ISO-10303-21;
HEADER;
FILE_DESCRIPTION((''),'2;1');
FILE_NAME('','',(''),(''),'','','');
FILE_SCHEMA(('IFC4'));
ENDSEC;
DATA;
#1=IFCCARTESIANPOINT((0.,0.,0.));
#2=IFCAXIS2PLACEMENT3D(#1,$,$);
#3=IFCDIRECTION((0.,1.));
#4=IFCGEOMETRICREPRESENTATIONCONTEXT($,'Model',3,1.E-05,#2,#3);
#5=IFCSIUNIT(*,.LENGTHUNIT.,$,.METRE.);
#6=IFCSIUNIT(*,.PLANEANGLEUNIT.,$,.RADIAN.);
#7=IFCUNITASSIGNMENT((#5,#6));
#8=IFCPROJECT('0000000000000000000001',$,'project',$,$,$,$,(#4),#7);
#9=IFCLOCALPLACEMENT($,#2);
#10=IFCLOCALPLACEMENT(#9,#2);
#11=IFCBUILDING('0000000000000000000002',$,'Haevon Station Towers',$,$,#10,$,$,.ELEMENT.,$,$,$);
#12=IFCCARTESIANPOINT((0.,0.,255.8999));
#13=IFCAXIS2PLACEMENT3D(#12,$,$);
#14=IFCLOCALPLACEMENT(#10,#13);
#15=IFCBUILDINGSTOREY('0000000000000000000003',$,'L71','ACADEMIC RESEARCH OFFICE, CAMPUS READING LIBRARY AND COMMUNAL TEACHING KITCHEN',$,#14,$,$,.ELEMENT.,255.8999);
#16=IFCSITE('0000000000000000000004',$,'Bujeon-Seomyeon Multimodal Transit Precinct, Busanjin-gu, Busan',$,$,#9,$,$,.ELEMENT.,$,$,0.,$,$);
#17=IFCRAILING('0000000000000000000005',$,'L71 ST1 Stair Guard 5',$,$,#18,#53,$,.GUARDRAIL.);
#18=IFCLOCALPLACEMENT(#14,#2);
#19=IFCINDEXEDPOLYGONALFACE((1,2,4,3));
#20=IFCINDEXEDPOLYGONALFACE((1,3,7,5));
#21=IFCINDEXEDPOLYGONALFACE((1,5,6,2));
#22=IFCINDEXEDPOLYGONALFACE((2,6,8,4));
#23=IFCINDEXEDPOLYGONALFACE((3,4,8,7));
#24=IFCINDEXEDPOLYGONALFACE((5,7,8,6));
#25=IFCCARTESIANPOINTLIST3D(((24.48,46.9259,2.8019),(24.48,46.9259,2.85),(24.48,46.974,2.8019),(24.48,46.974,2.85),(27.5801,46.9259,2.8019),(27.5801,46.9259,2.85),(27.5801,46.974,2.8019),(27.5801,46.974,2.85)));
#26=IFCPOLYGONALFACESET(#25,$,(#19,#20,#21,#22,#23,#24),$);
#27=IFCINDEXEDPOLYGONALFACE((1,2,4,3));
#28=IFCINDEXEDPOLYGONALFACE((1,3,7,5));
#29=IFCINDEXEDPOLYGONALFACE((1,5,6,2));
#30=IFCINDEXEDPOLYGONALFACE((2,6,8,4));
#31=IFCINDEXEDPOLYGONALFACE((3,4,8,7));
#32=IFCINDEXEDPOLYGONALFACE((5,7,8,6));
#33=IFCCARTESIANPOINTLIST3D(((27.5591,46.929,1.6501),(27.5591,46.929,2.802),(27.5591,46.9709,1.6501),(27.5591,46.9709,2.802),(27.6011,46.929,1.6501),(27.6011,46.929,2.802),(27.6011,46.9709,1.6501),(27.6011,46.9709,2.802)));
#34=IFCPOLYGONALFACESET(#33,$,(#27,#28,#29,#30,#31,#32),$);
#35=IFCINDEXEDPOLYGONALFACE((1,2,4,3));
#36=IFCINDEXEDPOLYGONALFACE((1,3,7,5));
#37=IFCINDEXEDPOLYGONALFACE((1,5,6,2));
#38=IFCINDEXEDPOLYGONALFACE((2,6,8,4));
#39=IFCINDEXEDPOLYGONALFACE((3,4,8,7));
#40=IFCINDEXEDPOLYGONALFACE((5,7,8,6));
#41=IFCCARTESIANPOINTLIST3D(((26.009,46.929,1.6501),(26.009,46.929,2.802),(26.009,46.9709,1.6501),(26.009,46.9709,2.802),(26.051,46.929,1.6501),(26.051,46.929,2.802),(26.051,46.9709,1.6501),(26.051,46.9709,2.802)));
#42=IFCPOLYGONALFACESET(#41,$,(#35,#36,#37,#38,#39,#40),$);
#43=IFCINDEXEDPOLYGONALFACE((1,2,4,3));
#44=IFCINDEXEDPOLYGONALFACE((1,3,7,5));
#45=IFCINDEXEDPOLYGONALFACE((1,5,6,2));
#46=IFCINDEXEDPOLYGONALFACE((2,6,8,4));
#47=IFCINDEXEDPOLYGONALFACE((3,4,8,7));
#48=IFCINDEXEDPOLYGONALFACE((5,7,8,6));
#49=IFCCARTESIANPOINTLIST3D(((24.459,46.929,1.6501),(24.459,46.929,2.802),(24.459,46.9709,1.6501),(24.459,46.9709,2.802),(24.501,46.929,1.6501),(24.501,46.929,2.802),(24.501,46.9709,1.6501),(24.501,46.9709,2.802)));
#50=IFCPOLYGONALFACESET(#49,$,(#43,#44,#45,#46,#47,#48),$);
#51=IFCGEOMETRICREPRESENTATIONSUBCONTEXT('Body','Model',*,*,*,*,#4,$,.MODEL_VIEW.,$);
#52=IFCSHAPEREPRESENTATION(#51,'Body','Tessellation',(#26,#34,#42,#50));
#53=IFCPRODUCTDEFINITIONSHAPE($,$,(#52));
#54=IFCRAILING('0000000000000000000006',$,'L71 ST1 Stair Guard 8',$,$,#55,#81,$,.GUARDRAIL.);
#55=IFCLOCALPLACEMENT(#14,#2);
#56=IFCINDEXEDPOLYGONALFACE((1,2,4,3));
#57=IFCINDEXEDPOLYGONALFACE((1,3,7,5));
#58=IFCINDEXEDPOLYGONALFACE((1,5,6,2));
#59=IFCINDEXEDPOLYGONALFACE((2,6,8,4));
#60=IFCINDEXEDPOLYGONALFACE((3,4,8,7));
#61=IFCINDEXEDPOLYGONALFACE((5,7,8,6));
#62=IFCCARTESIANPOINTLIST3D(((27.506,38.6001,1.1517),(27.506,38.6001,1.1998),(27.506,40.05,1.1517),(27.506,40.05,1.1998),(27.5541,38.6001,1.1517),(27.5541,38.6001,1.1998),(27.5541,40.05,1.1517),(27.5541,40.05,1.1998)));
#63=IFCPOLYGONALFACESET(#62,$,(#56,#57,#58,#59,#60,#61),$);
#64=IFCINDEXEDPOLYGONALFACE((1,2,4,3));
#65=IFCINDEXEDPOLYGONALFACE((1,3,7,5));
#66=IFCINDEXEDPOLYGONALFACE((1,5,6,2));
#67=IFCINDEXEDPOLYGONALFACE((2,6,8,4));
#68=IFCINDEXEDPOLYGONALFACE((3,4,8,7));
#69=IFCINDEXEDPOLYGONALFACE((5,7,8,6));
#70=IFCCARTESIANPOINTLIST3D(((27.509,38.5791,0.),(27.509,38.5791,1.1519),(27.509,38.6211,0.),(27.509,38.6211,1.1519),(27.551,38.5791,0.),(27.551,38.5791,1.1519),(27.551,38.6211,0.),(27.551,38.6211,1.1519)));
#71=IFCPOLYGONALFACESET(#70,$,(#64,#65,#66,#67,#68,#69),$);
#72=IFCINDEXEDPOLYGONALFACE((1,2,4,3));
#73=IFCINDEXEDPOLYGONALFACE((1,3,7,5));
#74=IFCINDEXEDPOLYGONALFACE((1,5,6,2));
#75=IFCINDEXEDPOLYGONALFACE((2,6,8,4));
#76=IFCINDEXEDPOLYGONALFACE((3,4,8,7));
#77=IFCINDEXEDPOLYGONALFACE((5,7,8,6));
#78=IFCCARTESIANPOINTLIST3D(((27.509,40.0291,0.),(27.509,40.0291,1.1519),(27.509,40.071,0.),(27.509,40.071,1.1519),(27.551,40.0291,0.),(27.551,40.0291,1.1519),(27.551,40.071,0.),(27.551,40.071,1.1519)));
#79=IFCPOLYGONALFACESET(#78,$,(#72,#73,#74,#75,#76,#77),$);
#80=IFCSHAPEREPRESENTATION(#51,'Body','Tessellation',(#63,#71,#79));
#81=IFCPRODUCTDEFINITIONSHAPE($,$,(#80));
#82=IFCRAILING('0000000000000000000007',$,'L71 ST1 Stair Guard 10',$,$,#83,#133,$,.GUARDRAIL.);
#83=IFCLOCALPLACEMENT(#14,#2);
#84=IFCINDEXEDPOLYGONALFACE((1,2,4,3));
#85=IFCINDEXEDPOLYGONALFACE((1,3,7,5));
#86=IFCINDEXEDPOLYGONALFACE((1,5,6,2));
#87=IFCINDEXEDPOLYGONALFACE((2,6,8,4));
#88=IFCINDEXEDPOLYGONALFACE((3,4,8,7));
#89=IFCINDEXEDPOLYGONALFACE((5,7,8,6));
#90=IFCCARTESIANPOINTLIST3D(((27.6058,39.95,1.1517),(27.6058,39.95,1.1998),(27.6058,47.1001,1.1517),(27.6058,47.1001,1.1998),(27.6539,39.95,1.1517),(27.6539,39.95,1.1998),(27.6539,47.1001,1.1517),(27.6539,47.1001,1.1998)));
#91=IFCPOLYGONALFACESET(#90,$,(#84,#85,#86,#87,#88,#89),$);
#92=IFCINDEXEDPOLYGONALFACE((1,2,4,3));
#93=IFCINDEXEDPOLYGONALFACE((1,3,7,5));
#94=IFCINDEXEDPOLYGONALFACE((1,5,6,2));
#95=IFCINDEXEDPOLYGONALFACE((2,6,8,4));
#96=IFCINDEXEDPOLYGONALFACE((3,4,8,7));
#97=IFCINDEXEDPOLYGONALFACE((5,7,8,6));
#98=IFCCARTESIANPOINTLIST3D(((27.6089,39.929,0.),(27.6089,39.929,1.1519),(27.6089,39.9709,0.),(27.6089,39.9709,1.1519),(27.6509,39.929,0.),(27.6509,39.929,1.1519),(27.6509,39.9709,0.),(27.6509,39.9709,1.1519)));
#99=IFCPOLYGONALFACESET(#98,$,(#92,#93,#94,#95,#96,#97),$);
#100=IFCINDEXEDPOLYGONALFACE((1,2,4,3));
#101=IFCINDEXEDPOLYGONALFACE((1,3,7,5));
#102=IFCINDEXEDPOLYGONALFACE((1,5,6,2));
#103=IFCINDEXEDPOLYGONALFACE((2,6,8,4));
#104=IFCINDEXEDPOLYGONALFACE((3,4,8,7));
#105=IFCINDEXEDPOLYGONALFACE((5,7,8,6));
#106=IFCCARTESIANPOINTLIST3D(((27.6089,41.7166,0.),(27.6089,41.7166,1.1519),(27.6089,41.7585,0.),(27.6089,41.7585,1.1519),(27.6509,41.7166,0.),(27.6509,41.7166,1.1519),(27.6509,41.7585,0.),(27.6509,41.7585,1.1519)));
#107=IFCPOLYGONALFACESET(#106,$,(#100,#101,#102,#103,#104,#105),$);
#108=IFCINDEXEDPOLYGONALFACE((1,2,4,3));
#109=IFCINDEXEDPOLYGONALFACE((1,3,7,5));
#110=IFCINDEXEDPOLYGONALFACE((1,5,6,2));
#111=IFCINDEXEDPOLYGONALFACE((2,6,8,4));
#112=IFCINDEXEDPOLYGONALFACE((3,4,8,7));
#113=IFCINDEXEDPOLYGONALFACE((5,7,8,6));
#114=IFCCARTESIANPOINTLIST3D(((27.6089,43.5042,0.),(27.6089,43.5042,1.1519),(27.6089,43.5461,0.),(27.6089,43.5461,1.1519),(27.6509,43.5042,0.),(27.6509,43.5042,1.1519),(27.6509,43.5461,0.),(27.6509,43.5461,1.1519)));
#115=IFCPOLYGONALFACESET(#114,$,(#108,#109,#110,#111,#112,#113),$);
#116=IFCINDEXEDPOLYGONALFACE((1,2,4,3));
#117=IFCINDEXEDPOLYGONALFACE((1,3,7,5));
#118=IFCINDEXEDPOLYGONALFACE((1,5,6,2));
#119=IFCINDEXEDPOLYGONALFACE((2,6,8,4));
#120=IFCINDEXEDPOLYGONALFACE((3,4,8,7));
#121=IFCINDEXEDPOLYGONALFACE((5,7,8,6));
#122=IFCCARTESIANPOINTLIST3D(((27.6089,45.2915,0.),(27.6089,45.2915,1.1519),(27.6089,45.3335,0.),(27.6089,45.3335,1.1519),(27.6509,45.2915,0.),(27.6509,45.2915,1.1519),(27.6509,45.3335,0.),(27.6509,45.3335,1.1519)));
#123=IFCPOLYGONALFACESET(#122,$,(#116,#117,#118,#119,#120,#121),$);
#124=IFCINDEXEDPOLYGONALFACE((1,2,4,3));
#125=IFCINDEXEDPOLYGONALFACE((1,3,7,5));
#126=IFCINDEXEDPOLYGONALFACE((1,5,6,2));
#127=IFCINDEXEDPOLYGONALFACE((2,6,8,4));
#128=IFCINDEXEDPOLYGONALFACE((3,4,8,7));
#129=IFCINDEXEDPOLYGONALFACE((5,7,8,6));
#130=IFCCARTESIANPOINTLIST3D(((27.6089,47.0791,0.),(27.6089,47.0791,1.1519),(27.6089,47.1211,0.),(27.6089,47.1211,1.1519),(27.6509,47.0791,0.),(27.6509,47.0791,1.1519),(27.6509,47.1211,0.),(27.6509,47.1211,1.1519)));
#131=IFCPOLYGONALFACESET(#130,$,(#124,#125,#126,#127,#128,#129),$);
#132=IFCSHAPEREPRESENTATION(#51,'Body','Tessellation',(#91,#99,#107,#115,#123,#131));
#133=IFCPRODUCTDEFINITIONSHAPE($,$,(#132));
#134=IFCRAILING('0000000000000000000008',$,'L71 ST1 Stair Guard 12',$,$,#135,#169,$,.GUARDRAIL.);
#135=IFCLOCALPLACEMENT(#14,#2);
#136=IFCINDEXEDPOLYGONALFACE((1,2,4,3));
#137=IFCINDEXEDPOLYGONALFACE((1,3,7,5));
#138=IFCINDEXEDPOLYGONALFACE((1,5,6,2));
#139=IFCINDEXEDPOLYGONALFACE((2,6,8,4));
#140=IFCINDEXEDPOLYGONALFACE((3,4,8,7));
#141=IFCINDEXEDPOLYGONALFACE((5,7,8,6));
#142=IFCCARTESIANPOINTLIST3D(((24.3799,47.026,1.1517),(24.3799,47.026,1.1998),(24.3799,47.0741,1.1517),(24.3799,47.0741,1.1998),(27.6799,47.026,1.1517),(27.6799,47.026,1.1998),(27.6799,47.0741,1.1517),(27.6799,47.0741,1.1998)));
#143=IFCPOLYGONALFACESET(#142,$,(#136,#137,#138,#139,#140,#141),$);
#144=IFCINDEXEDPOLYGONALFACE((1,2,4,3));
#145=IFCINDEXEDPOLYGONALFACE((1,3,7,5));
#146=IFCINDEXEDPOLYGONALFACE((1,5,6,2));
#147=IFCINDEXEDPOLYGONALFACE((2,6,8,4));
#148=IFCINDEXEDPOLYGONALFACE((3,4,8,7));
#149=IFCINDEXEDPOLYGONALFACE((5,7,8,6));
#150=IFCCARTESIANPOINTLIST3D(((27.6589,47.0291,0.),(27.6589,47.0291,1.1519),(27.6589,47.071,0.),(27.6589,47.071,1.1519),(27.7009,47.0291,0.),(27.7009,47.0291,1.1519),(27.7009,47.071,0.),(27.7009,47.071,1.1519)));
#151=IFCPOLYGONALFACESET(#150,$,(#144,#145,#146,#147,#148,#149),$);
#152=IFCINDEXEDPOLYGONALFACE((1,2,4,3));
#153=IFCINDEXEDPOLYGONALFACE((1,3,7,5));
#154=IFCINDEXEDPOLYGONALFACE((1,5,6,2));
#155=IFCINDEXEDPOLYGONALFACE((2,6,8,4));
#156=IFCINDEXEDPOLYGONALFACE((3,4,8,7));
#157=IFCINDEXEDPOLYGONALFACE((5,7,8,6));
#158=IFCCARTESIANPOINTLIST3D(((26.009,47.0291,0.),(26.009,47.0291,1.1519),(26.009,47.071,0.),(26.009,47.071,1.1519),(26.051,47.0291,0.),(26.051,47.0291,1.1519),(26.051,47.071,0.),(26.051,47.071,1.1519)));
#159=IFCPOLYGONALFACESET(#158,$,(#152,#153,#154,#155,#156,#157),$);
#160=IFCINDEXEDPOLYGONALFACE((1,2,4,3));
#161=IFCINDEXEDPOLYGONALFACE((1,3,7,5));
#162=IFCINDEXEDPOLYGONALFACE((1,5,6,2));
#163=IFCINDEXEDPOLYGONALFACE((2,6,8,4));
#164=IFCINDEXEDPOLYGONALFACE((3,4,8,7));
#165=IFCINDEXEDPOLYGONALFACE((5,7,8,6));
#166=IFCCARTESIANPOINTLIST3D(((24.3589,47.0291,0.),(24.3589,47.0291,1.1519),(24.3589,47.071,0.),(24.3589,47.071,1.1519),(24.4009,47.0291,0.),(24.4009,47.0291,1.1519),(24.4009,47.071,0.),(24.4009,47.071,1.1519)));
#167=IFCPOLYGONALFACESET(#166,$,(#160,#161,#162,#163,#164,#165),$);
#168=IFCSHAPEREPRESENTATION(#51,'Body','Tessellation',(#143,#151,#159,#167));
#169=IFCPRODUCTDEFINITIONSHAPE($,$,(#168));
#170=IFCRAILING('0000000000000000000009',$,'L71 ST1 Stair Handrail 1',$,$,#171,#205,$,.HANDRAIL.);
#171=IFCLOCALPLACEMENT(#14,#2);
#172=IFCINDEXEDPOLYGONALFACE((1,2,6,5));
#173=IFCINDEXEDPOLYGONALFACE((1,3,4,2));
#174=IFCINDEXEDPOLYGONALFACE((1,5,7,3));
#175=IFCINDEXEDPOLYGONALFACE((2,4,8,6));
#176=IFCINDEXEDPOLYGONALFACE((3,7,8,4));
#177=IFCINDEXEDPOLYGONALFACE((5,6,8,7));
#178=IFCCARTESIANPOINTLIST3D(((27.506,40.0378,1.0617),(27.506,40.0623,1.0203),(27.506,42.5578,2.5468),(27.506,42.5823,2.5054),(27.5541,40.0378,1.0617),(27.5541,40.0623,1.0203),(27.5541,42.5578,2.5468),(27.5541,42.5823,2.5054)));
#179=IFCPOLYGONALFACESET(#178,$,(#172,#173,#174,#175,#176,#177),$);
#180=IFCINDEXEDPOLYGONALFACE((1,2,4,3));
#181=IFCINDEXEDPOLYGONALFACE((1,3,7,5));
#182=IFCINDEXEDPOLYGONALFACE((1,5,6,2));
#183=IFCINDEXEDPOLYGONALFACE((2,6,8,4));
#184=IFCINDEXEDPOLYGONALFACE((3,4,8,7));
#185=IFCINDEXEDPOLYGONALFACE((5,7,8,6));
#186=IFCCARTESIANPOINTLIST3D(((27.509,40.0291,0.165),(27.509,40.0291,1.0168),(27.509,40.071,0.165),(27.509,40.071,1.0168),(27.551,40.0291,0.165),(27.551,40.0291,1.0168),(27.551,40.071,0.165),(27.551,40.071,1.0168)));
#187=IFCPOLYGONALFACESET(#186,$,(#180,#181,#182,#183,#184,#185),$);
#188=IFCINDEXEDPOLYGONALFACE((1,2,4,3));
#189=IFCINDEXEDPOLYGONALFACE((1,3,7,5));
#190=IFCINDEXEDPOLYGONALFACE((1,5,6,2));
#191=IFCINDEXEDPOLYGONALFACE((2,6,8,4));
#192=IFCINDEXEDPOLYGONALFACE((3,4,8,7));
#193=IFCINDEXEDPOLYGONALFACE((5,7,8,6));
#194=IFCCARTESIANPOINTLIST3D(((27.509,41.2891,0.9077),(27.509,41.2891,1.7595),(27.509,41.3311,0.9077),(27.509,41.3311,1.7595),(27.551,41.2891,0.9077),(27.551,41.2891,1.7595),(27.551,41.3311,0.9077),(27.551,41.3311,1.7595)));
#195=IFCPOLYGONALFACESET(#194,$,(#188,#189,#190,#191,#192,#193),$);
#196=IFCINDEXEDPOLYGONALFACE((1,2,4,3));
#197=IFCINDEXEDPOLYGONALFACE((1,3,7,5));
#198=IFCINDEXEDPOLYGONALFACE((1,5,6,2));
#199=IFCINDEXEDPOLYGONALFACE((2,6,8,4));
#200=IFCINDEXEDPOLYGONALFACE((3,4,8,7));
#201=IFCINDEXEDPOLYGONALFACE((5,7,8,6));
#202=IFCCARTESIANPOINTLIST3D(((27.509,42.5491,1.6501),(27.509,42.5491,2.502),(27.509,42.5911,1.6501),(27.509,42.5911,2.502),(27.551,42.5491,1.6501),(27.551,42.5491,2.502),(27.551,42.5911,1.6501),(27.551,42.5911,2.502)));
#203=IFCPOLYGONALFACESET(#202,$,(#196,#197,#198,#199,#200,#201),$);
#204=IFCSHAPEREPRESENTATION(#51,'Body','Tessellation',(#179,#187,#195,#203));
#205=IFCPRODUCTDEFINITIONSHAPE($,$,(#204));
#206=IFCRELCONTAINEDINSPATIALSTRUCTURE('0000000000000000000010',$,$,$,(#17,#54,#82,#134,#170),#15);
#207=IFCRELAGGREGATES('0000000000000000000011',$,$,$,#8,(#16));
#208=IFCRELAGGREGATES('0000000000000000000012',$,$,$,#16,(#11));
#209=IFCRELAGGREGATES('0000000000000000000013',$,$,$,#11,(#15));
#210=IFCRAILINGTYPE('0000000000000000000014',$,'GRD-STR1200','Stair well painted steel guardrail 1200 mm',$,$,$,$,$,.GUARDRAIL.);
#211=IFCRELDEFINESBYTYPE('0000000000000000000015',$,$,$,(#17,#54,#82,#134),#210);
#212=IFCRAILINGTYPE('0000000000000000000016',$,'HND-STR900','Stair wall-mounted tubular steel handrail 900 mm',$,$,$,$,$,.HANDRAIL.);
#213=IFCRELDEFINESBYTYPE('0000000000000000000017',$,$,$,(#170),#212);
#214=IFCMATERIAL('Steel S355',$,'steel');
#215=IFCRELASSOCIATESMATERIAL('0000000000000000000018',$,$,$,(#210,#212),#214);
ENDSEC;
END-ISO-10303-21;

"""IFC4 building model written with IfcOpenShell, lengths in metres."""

from ifc_helpers import new_model, si_unit, direction, frame, origin, origin_2d, place, context, subcontext, project, spatial, rectangle, extrude, material, type_object, element, save


model = new_model("IFC4")

# Units and contexts
model_context = context("Model", 3, precision=1e-05, world=origin(), true_north=direction((0.0, 1.0)))
body_context = subcontext(model_context, "Body", "Model", "MODEL_VIEW")
ifc_project = project(units=[si_unit("LENGTHUNIT", "METRE"), si_unit("PLANEANGLEUNIT", "RADIAN")], contexts=[model_context])

# Site, building, storey
site_placement = place(None, origin())
site = spatial("IfcSite", under=ifc_project, at=site_placement, Name="Bujeon-Seomyeon Multimodal Transit Precinct, Busanjin-gu, Busan", CompositionType="ELEMENT", RefElevation=0.0)
building_placement = place(site_placement, origin())
building = spatial("IfcBuilding", under=site, at=building_placement, Name="Haevon Station Towers", CompositionType="ELEMENT")
storey_placement = place(building_placement, frame((0.0, 0.0, 255.8999)))
storey = spatial("IfcBuildingStorey", under=building, at=storey_placement, Name="L71", Description="ACADEMIC RESEARCH OFFICE, CAMPUS READING LIBRARY AND COMMUNAL TEACHING KITCHEN", CompositionType="ELEMENT", Elevation=255.8999)

# Shared definitions
ifc_material_1 = material(Name="Steel S355", Category="steel")

# Railings
railing_type_1 = type_object("IfcRailingType", Name="GRD-STR1200", Description="Stair well painted steel guardrail 1200 mm", PredefinedType="GUARDRAIL", material=ifc_material_1)
railing_1_placement = place(storey_placement, frame((27.5801, 46.95, 1.6501)))
element("IfcRailing", 1, at=railing_1_placement, inside=storey, type_object=railing_type_1, Name="L71 ST1 Stair Guard 5", PredefinedType="GUARDRAIL", context=body_context, shape_type="SweptSolid", body=[
    extrude(rectangle(XDim=0.0481, YDim=0.0481, at=origin_2d()), frame((0.0, 0.0, 1.1758), z_axis=(-1.0, 0.0, 0.0), x_axis=(0.0, -1.0, 0.0)), (0.0, 0.0, 1.0), 3.1001),
    extrude(rectangle(XDim=0.042, YDim=0.042, at=origin_2d()), origin(), (0.0, 0.0, 1.0), 1.1519),
    extrude(rectangle(XDim=0.042, YDim=0.042, at=origin_2d()), frame((-1.55, 0.0, 0.0)), (0.0, 0.0, 1.0), 1.1519),
    extrude(rectangle(XDim=0.042, YDim=0.042, at=origin_2d()), frame((-3.1001, 0.0, 0.0)), (0.0, 0.0, 1.0), 1.1519),
])
railing_2_placement = place(storey_placement, frame((27.53, 38.6001, 0.0)))
element("IfcRailing", 2, at=railing_2_placement, inside=storey, type_object=railing_type_1, Name="L71 ST1 Stair Guard 8", PredefinedType="GUARDRAIL", context=body_context, shape_type="SweptSolid", body=[
    extrude(rectangle(XDim=0.0481, YDim=0.0481, at=origin_2d()), frame((0.0, 0.0, 1.1758), z_axis=(0.0, 1.0, 0.0), x_axis=(-1.0, 0.0, 0.0)), (0.0, 0.0, 1.0), 1.45),
    extrude(rectangle(XDim=0.042, YDim=0.042, at=origin_2d()), origin(), (0.0, 0.0, 1.0), 1.1519),
    extrude(rectangle(XDim=0.042, YDim=0.042, at=origin_2d()), frame((0.0, 1.45, 0.0)), (0.0, 0.0, 1.0), 1.1519),
])
railing_3_placement = place(storey_placement, frame((27.6299, 39.95, 0.0)))
element("IfcRailing", 3, at=railing_3_placement, inside=storey, type_object=railing_type_1, Name="L71 ST1 Stair Guard 10", PredefinedType="GUARDRAIL", context=body_context, shape_type="SweptSolid", body=[
    extrude(rectangle(XDim=0.0481, YDim=0.0481, at=origin_2d()), frame((0.0, 0.0, 1.1758), z_axis=(0.0, 1.0, 0.0), x_axis=(-1.0, 0.0, 0.0)), (0.0, 0.0, 1.0), 7.1501),
    extrude(rectangle(XDim=0.042, YDim=0.042, at=origin_2d()), origin(), (0.0, 0.0, 1.0), 1.1519),
    extrude(rectangle(XDim=0.042, YDim=0.042, at=origin_2d()), frame((0.0, 1.7876, 0.0)), (0.0, 0.0, 1.0), 1.1519),
    extrude(rectangle(XDim=0.042, YDim=0.042, at=origin_2d()), frame((0.0, 3.5752, 0.0)), (0.0, 0.0, 1.0), 1.1519),
    extrude(rectangle(XDim=0.042, YDim=0.042, at=origin_2d()), frame((0.0, 5.3625, 0.0)), (0.0, 0.0, 1.0), 1.1519),
    extrude(rectangle(XDim=0.042, YDim=0.042, at=origin_2d()), frame((0.0, 7.1501, 0.0)), (0.0, 0.0, 1.0), 1.1519),
])
railing_4_placement = place(storey_placement, frame((27.6799, 47.05, 0.0)))
element("IfcRailing", 4, at=railing_4_placement, inside=storey, type_object=railing_type_1, Name="L71 ST1 Stair Guard 12", PredefinedType="GUARDRAIL", context=body_context, shape_type="SweptSolid", body=[
    extrude(rectangle(XDim=0.0481, YDim=0.0481, at=origin_2d()), frame((0.0, 0.0, 1.1758), z_axis=(-1.0, 0.0, 0.0), x_axis=(0.0, -1.0, 0.0)), (0.0, 0.0, 1.0), 3.3),
    extrude(rectangle(XDim=0.042, YDim=0.042, at=origin_2d()), origin(), (0.0, 0.0, 1.0), 1.1519),
    extrude(rectangle(XDim=0.042, YDim=0.042, at=origin_2d()), frame((-1.6499, 0.0, 0.0)), (0.0, 0.0, 1.0), 1.1519),
    extrude(rectangle(XDim=0.042, YDim=0.042, at=origin_2d()), frame((-3.3, 0.0, 0.0)), (0.0, 0.0, 1.0), 1.1519),
])
railing_type_2 = type_object("IfcRailingType", Name="HND-STR900", Description="Stair wall-mounted tubular steel handrail 900 mm", PredefinedType="HANDRAIL", material=ifc_material_1)
railing_5_placement = place(storey_placement, frame((27.53, 40.05, 0.165)))
element("IfcRailing", 5, at=railing_5_placement, inside=storey, type_object=railing_type_2, Name="L71 ST1 Stair Handrail 1", PredefinedType="HANDRAIL", context=body_context, shape_type="SweptSolid", body=[
    extrude(rectangle(XDim=0.0481, YDim=0.0481, at=origin_2d()), frame((0.0, 0.0, 0.876), z_axis=(0.0, 0.861524, 0.507717), x_axis=(-1.0, 0.0, 0.0)), (0.0, 0.0, 1.0), 2.925),
    extrude(rectangle(XDim=0.042, YDim=0.042, at=origin_2d()), origin(), (0.0, 0.0, 1.0), 0.8518),
    extrude(rectangle(XDim=0.042, YDim=0.042, at=origin_2d()), frame((0.0, 1.26, 0.7427)), (0.0, 0.0, 1.0), 0.8518),
    extrude(rectangle(XDim=0.042, YDim=0.042, at=origin_2d()), frame((0.0, 2.52, 1.4851)), (0.0, 0.0, 1.0), 0.8518),
])

save(model, "model.ifc")
